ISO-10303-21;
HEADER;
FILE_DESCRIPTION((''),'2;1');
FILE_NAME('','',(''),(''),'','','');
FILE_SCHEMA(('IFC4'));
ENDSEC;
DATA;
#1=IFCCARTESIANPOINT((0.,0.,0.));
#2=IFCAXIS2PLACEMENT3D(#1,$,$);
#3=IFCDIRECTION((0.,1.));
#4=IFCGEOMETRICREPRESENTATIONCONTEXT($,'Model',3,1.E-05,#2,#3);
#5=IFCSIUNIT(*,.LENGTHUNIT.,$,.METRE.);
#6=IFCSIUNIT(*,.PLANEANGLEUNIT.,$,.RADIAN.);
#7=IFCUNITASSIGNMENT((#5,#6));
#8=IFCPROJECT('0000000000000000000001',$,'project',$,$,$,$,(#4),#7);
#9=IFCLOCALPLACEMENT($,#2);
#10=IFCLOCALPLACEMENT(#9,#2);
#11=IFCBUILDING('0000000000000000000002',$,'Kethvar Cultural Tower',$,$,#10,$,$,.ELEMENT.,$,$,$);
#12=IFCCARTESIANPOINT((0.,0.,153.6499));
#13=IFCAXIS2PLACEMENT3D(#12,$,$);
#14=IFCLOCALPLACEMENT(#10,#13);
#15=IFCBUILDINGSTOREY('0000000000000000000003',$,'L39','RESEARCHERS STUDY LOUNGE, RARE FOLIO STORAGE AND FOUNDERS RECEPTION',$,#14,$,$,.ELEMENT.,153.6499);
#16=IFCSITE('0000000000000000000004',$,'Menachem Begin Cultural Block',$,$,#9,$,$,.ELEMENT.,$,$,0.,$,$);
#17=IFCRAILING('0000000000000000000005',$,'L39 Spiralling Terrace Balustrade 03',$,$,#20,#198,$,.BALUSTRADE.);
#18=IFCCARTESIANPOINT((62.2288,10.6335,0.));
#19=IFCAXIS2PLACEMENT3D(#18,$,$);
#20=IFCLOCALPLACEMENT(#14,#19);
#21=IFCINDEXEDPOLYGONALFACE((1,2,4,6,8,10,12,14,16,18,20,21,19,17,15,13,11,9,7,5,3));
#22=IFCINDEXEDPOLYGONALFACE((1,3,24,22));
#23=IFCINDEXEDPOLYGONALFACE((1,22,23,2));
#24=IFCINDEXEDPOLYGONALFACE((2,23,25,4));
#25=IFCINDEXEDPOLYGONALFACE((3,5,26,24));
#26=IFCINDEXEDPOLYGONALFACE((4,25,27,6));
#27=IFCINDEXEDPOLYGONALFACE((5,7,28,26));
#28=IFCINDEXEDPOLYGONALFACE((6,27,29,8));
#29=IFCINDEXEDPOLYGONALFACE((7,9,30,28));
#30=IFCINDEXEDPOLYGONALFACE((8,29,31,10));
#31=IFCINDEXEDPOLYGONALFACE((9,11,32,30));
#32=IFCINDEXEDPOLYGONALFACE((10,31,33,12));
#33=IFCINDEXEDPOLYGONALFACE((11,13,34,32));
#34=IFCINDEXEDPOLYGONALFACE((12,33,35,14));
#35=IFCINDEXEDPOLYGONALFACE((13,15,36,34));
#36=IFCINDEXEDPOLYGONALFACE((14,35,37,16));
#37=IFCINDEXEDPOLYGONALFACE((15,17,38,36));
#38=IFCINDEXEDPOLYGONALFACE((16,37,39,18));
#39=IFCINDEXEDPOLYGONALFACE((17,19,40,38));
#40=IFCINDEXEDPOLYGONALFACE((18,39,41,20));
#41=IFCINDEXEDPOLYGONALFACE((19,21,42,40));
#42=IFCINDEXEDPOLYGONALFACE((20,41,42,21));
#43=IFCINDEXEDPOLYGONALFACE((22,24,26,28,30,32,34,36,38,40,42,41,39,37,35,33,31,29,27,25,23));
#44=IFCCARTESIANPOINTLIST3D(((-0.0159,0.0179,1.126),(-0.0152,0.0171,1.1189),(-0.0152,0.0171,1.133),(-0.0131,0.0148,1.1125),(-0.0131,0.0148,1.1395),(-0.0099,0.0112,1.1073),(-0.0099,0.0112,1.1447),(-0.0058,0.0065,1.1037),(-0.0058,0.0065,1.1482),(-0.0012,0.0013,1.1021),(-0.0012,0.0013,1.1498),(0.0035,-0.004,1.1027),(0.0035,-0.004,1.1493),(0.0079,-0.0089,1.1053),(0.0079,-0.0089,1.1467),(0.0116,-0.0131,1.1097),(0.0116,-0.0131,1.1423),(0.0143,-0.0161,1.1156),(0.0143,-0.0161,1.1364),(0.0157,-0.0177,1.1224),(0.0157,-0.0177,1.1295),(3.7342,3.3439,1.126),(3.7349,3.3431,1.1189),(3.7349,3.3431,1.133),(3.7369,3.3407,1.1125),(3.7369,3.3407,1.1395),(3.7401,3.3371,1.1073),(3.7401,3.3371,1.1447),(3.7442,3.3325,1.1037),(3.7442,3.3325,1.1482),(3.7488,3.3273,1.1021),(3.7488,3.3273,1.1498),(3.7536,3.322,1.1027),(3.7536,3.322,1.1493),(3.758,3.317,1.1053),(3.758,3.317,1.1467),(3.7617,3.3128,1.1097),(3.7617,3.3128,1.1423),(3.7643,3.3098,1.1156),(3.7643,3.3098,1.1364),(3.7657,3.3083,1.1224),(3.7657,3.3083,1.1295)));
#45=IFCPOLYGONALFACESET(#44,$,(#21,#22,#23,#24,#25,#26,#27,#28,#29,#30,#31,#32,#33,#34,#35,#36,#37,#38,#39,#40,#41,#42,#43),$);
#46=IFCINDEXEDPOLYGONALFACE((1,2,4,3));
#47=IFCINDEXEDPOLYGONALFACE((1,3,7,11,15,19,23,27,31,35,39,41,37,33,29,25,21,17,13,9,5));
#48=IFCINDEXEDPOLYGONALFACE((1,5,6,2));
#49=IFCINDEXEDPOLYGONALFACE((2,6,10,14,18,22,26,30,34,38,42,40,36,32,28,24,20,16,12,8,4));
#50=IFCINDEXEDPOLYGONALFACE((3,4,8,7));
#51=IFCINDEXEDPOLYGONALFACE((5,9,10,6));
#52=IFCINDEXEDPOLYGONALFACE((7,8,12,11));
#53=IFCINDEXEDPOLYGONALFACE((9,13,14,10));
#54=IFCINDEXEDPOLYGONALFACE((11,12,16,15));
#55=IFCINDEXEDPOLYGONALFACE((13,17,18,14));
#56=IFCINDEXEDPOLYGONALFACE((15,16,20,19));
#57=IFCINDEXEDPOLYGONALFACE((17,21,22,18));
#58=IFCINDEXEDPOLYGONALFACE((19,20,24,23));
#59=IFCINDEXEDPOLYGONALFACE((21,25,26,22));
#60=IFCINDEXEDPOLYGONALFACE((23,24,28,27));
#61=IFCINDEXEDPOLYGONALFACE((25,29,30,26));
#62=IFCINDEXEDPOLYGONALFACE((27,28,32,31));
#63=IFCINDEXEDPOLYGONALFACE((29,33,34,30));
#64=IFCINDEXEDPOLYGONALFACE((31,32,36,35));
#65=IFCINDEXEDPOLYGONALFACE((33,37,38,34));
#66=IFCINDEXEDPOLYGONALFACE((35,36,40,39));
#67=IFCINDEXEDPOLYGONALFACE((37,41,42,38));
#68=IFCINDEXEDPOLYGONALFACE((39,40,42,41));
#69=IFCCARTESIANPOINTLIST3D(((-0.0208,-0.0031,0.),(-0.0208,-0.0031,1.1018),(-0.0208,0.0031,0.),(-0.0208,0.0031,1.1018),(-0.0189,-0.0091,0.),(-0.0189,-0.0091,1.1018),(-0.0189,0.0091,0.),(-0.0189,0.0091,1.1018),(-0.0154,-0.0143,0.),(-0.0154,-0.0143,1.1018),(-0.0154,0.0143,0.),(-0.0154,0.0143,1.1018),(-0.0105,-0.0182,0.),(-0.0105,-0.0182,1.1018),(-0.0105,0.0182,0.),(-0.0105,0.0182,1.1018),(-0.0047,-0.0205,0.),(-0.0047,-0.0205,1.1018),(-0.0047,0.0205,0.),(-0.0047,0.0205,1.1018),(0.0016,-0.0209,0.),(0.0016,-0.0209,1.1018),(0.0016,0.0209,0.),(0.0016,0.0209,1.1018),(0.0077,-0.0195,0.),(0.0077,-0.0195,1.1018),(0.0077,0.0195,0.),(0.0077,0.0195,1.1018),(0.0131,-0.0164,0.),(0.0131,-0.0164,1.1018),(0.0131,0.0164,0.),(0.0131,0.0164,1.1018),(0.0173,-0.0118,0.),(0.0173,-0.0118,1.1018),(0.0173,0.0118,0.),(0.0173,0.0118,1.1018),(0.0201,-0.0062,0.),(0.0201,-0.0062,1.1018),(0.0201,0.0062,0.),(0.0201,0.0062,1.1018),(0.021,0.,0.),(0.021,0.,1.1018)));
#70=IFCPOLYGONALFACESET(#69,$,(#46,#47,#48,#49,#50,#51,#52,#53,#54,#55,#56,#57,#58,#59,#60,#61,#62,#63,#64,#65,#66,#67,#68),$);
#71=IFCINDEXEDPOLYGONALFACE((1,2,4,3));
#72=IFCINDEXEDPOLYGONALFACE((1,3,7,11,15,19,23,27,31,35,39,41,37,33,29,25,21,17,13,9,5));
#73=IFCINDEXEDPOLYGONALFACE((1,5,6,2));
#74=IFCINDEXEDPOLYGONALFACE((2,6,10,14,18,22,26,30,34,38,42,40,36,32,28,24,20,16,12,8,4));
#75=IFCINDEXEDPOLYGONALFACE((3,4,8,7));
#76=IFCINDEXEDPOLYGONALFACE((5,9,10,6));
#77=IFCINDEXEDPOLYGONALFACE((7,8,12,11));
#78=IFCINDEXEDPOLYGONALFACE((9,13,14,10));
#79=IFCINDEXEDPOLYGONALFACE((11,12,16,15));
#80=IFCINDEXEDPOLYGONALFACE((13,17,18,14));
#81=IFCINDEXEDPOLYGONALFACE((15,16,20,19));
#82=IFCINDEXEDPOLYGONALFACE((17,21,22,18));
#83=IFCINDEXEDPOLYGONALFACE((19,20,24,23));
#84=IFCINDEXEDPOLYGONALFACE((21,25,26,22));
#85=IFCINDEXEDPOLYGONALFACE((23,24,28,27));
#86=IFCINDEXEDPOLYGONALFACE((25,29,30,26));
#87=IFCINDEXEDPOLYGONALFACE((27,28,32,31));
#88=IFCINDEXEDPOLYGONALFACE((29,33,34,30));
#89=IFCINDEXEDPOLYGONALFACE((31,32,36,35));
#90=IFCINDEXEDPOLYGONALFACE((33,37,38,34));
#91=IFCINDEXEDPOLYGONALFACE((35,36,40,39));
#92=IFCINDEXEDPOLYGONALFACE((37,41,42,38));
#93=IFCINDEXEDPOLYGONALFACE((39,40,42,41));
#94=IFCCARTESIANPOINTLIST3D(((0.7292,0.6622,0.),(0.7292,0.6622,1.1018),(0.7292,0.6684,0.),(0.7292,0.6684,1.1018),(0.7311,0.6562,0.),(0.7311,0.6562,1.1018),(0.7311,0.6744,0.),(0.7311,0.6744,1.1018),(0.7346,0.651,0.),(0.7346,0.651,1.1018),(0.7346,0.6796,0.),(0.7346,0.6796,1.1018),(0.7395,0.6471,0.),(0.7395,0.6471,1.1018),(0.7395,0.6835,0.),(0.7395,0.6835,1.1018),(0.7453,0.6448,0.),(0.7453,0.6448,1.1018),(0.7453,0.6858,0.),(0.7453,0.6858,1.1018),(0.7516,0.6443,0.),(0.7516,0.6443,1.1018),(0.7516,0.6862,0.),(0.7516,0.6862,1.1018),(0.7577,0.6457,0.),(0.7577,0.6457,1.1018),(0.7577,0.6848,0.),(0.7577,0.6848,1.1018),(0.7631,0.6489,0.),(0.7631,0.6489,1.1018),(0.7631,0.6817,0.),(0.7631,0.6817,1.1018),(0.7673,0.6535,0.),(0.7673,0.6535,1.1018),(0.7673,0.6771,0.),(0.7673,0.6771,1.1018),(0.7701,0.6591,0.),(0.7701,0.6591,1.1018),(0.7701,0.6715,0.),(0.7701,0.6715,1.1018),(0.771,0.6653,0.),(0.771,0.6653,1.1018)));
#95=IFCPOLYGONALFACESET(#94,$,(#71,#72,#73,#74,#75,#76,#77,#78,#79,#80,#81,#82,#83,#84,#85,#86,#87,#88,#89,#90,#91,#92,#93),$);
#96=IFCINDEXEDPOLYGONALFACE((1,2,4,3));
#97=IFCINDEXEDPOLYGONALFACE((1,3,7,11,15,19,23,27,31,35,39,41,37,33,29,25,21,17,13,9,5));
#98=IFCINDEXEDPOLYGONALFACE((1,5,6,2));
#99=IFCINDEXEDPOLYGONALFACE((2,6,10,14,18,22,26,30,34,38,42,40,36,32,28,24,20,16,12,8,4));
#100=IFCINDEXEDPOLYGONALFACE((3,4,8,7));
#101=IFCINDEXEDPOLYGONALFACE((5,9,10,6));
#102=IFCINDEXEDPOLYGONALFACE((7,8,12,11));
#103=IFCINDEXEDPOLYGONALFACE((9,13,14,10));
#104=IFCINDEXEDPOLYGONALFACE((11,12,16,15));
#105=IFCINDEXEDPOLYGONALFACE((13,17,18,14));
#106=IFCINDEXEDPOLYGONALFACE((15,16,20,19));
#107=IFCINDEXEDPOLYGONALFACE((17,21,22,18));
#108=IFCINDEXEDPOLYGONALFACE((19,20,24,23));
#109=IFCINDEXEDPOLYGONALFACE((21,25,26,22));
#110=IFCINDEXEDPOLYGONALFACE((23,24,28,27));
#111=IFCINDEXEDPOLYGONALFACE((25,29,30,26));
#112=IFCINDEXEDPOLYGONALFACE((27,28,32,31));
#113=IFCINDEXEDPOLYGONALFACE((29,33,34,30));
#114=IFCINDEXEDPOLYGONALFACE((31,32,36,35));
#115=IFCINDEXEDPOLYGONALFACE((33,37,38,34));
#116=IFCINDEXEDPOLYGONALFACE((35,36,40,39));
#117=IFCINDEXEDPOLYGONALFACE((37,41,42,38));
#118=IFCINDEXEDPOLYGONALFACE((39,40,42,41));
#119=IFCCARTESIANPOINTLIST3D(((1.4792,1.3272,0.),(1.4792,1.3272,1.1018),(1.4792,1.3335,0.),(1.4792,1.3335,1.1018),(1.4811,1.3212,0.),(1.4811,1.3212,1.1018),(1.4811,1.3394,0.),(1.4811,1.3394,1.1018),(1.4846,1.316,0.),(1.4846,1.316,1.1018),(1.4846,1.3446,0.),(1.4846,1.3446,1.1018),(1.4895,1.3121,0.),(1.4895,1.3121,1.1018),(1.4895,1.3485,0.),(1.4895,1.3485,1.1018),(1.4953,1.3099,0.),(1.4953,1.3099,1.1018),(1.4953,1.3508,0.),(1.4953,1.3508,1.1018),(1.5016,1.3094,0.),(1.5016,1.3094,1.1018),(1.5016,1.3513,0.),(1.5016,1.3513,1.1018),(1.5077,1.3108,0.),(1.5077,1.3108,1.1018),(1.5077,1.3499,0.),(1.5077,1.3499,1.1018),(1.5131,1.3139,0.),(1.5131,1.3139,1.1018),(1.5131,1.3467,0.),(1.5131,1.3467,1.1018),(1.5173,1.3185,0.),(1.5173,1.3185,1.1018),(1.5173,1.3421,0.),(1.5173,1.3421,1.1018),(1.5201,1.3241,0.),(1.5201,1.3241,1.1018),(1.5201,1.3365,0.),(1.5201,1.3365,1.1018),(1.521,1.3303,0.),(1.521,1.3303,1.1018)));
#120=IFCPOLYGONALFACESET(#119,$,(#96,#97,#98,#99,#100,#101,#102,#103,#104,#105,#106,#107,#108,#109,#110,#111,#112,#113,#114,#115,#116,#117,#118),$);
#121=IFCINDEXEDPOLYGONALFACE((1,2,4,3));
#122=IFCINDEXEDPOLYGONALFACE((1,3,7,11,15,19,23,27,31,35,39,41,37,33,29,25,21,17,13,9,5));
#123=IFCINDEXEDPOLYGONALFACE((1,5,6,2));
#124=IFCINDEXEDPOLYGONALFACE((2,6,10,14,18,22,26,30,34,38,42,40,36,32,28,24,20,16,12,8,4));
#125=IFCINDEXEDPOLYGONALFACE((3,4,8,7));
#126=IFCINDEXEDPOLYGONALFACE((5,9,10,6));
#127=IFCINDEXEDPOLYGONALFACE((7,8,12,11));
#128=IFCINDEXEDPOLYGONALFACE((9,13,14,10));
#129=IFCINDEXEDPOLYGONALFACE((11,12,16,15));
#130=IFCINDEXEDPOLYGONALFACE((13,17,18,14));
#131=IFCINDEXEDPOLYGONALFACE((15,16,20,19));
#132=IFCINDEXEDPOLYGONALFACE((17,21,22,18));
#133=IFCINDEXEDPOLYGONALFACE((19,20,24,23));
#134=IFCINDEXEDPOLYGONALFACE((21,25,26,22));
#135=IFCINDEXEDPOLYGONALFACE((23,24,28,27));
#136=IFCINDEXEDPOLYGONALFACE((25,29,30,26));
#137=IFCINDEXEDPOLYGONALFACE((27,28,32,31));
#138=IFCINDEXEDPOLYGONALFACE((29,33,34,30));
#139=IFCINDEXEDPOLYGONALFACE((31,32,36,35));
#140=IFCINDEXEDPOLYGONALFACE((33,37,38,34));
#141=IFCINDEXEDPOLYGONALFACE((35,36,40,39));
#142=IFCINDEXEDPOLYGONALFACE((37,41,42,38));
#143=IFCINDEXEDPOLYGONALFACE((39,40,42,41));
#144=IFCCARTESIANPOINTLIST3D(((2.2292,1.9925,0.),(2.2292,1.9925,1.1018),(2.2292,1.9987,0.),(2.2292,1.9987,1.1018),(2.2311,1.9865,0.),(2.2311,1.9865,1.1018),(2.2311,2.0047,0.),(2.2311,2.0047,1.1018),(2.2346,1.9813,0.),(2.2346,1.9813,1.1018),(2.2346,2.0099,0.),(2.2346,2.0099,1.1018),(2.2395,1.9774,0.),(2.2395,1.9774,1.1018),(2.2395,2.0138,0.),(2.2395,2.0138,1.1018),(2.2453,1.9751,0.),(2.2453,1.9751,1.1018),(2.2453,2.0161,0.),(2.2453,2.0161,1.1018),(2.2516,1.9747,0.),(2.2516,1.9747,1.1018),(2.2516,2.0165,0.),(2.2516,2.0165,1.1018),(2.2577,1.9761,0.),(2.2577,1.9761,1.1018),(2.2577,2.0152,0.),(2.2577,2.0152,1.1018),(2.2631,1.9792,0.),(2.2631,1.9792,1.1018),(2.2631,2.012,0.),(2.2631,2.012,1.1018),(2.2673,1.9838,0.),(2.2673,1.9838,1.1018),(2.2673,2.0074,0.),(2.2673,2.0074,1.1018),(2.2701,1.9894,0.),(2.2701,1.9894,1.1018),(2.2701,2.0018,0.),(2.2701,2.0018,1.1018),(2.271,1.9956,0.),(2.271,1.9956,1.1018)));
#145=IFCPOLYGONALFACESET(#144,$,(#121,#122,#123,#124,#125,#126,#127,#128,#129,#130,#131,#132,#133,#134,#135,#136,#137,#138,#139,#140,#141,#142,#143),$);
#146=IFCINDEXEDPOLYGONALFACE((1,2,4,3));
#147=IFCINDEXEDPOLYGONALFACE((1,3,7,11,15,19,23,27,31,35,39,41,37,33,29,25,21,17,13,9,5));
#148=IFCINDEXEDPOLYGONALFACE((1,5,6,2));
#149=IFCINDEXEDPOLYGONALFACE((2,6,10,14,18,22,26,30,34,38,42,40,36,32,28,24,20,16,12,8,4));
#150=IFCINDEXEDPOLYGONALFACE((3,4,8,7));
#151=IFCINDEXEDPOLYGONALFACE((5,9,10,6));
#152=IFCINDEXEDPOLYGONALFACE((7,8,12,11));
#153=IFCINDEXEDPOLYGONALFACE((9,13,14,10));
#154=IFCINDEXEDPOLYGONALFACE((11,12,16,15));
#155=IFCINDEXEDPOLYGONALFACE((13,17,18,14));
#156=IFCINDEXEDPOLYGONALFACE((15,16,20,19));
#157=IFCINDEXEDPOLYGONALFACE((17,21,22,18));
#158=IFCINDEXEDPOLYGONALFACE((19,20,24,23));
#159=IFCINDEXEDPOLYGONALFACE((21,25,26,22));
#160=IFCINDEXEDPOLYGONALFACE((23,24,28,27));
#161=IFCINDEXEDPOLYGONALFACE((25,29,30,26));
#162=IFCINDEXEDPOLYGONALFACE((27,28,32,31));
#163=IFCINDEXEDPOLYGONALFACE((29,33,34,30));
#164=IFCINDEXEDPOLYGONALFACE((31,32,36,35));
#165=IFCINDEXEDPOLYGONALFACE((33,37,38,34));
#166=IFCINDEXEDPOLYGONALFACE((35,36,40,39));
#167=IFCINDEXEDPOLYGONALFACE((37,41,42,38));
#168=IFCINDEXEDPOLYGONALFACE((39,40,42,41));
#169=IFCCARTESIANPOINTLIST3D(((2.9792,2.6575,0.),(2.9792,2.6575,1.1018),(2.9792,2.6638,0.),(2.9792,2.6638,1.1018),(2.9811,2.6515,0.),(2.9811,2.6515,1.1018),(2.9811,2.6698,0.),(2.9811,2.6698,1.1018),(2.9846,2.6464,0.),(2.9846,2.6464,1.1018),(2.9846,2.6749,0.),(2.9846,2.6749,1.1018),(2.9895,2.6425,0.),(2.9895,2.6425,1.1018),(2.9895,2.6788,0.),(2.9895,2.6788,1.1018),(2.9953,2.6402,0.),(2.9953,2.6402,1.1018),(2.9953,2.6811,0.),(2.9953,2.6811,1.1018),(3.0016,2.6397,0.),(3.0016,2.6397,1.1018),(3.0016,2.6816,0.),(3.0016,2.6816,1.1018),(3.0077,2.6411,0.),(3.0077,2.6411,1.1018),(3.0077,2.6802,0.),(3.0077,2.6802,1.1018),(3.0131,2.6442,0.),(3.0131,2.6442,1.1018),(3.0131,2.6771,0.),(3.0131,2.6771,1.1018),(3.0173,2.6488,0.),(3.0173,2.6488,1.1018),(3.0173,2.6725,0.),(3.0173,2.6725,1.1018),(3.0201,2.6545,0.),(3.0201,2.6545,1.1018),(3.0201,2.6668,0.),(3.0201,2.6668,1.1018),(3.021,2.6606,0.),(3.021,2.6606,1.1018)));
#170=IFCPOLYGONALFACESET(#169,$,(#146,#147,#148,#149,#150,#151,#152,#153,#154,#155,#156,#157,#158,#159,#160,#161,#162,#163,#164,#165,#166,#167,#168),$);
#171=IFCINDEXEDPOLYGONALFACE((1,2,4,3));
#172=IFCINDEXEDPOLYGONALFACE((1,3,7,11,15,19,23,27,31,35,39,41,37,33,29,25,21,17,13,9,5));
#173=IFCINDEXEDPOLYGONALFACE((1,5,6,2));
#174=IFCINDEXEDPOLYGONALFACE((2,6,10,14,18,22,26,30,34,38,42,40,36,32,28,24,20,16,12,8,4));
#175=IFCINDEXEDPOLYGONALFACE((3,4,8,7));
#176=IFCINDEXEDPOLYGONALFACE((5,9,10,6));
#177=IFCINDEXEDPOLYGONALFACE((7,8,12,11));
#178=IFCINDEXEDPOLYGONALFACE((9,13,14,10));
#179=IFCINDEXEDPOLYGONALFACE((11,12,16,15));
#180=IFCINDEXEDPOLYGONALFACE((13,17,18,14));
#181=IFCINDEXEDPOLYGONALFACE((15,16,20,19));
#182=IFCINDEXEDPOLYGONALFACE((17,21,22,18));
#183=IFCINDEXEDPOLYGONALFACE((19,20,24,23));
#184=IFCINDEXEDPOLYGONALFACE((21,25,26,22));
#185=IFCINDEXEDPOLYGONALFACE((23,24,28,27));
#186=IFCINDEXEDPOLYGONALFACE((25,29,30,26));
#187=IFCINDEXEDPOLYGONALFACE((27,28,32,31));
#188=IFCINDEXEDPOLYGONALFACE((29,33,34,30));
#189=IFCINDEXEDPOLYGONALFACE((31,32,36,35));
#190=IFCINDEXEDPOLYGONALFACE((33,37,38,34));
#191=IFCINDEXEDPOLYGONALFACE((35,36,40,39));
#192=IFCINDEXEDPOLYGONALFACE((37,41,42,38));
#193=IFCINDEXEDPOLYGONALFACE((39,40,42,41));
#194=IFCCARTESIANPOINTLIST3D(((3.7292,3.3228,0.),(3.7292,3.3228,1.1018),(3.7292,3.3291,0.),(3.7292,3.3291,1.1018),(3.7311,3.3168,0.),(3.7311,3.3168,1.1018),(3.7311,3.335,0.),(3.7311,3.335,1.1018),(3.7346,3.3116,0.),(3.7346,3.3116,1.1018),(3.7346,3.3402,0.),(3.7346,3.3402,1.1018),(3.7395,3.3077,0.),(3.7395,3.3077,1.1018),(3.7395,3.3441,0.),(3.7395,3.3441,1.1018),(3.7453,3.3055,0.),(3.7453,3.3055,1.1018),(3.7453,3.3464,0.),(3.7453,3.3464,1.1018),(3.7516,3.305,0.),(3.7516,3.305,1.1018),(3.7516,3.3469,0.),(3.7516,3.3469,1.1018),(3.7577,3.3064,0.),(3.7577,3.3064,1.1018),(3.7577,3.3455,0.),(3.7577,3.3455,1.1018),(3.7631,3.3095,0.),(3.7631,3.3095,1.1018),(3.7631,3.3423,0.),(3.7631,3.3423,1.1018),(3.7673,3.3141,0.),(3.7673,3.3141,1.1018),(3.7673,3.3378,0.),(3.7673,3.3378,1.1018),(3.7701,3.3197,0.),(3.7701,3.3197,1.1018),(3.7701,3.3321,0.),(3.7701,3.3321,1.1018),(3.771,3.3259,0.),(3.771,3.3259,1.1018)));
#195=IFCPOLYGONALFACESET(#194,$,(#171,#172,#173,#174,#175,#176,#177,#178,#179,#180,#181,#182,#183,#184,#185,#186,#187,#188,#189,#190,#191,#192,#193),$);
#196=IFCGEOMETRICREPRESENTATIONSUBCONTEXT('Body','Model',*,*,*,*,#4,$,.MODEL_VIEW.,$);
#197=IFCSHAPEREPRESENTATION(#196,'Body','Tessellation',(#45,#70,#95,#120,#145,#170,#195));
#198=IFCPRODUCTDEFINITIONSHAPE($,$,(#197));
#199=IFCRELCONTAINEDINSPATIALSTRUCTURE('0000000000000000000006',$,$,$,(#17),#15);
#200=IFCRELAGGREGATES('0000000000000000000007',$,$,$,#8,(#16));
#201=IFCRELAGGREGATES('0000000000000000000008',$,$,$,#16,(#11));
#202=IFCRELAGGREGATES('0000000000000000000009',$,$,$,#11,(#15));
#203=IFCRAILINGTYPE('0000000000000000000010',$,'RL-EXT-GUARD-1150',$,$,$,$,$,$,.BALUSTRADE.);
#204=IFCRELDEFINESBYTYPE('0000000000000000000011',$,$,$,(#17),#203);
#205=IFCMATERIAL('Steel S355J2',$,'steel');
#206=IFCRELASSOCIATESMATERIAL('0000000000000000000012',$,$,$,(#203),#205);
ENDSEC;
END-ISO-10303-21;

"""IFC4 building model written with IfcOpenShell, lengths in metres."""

from ifc_helpers import new_model, si_unit, direction, frame, origin, origin_2d, place, context, subcontext, project, spatial, circle, extrude, material, type_object, element, save


model = new_model("IFC4")

# Units and contexts
model_context = context("Model", 3, precision=1e-05, world=origin(), true_north=direction((0.0, 1.0)))
body_context = subcontext(model_context, "Body", "Model", "MODEL_VIEW")
ifc_project = project(units=[si_unit("LENGTHUNIT", "METRE"), si_unit("PLANEANGLEUNIT", "RADIAN")], contexts=[model_context])

# Site, building, storey
site_placement = place(None, origin())
site = spatial("IfcSite", under=ifc_project, at=site_placement, Name="Menachem Begin Cultural Block", CompositionType="ELEMENT", RefElevation=0.0)
building_placement = place(site_placement, origin())
building = spatial("IfcBuilding", under=site, at=building_placement, Name="Kethvar Cultural Tower", CompositionType="ELEMENT")
storey_placement = place(building_placement, frame((0.0, 0.0, 153.6499)))
storey = spatial("IfcBuildingStorey", under=building, at=storey_placement, Name="L39", Description="RESEARCHERS STUDY LOUNGE, RARE FOLIO STORAGE AND FOUNDERS RECEPTION", CompositionType="ELEMENT", Elevation=153.6499)

# Shared definitions
ifc_material_1 = material(Name="Steel S355J2", Category="steel")

# Railing
railing_type = type_object("IfcRailingType", Name="RL-EXT-GUARD-1150", PredefinedType="BALUSTRADE", material=ifc_material_1)
railing_1_placement = place(storey_placement, frame((62.2288, 10.6335, 0.0)))
element("IfcRailing", 1, at=railing_1_placement, inside=storey, type_object=railing_type, Name="L39 Spiralling Terrace Balustrade 03", PredefinedType="BALUSTRADE", context=body_context, shape_type="SweptSolid", body=[
    extrude(circle(Radius=0.0239, at=origin_2d()), frame((0.0, 0.0, 1.126), z_axis=(0.748142, 0.663538, 0.0), x_axis=(-0.663538, 0.748142, 0.0)), (0.0, 0.0, 1.0), 5.0125),
    extrude(circle(Radius=0.021, at=origin_2d()), origin(), (0.0, 0.0, 1.0), 1.1018),
    extrude(circle(Radius=0.021, at=origin_2d()), frame((0.75, 0.6653, 0.0)), (0.0, 0.0, 1.0), 1.1018),
    extrude(circle(Radius=0.021, at=origin_2d()), frame((1.5, 1.3303, 0.0)), (0.0, 0.0, 1.0), 1.1018),
    extrude(circle(Radius=0.021, at=origin_2d()), frame((2.25, 1.9956, 0.0)), (0.0, 0.0, 1.0), 1.1018),
    extrude(circle(Radius=0.021, at=origin_2d()), frame((3.0, 2.6606, 0.0)), (0.0, 0.0, 1.0), 1.1018),
    extrude(circle(Radius=0.021, at=origin_2d()), frame((3.75, 3.3259, 0.0)), (0.0, 0.0, 1.0), 1.1018),
])

save(model, "model.ifc")
